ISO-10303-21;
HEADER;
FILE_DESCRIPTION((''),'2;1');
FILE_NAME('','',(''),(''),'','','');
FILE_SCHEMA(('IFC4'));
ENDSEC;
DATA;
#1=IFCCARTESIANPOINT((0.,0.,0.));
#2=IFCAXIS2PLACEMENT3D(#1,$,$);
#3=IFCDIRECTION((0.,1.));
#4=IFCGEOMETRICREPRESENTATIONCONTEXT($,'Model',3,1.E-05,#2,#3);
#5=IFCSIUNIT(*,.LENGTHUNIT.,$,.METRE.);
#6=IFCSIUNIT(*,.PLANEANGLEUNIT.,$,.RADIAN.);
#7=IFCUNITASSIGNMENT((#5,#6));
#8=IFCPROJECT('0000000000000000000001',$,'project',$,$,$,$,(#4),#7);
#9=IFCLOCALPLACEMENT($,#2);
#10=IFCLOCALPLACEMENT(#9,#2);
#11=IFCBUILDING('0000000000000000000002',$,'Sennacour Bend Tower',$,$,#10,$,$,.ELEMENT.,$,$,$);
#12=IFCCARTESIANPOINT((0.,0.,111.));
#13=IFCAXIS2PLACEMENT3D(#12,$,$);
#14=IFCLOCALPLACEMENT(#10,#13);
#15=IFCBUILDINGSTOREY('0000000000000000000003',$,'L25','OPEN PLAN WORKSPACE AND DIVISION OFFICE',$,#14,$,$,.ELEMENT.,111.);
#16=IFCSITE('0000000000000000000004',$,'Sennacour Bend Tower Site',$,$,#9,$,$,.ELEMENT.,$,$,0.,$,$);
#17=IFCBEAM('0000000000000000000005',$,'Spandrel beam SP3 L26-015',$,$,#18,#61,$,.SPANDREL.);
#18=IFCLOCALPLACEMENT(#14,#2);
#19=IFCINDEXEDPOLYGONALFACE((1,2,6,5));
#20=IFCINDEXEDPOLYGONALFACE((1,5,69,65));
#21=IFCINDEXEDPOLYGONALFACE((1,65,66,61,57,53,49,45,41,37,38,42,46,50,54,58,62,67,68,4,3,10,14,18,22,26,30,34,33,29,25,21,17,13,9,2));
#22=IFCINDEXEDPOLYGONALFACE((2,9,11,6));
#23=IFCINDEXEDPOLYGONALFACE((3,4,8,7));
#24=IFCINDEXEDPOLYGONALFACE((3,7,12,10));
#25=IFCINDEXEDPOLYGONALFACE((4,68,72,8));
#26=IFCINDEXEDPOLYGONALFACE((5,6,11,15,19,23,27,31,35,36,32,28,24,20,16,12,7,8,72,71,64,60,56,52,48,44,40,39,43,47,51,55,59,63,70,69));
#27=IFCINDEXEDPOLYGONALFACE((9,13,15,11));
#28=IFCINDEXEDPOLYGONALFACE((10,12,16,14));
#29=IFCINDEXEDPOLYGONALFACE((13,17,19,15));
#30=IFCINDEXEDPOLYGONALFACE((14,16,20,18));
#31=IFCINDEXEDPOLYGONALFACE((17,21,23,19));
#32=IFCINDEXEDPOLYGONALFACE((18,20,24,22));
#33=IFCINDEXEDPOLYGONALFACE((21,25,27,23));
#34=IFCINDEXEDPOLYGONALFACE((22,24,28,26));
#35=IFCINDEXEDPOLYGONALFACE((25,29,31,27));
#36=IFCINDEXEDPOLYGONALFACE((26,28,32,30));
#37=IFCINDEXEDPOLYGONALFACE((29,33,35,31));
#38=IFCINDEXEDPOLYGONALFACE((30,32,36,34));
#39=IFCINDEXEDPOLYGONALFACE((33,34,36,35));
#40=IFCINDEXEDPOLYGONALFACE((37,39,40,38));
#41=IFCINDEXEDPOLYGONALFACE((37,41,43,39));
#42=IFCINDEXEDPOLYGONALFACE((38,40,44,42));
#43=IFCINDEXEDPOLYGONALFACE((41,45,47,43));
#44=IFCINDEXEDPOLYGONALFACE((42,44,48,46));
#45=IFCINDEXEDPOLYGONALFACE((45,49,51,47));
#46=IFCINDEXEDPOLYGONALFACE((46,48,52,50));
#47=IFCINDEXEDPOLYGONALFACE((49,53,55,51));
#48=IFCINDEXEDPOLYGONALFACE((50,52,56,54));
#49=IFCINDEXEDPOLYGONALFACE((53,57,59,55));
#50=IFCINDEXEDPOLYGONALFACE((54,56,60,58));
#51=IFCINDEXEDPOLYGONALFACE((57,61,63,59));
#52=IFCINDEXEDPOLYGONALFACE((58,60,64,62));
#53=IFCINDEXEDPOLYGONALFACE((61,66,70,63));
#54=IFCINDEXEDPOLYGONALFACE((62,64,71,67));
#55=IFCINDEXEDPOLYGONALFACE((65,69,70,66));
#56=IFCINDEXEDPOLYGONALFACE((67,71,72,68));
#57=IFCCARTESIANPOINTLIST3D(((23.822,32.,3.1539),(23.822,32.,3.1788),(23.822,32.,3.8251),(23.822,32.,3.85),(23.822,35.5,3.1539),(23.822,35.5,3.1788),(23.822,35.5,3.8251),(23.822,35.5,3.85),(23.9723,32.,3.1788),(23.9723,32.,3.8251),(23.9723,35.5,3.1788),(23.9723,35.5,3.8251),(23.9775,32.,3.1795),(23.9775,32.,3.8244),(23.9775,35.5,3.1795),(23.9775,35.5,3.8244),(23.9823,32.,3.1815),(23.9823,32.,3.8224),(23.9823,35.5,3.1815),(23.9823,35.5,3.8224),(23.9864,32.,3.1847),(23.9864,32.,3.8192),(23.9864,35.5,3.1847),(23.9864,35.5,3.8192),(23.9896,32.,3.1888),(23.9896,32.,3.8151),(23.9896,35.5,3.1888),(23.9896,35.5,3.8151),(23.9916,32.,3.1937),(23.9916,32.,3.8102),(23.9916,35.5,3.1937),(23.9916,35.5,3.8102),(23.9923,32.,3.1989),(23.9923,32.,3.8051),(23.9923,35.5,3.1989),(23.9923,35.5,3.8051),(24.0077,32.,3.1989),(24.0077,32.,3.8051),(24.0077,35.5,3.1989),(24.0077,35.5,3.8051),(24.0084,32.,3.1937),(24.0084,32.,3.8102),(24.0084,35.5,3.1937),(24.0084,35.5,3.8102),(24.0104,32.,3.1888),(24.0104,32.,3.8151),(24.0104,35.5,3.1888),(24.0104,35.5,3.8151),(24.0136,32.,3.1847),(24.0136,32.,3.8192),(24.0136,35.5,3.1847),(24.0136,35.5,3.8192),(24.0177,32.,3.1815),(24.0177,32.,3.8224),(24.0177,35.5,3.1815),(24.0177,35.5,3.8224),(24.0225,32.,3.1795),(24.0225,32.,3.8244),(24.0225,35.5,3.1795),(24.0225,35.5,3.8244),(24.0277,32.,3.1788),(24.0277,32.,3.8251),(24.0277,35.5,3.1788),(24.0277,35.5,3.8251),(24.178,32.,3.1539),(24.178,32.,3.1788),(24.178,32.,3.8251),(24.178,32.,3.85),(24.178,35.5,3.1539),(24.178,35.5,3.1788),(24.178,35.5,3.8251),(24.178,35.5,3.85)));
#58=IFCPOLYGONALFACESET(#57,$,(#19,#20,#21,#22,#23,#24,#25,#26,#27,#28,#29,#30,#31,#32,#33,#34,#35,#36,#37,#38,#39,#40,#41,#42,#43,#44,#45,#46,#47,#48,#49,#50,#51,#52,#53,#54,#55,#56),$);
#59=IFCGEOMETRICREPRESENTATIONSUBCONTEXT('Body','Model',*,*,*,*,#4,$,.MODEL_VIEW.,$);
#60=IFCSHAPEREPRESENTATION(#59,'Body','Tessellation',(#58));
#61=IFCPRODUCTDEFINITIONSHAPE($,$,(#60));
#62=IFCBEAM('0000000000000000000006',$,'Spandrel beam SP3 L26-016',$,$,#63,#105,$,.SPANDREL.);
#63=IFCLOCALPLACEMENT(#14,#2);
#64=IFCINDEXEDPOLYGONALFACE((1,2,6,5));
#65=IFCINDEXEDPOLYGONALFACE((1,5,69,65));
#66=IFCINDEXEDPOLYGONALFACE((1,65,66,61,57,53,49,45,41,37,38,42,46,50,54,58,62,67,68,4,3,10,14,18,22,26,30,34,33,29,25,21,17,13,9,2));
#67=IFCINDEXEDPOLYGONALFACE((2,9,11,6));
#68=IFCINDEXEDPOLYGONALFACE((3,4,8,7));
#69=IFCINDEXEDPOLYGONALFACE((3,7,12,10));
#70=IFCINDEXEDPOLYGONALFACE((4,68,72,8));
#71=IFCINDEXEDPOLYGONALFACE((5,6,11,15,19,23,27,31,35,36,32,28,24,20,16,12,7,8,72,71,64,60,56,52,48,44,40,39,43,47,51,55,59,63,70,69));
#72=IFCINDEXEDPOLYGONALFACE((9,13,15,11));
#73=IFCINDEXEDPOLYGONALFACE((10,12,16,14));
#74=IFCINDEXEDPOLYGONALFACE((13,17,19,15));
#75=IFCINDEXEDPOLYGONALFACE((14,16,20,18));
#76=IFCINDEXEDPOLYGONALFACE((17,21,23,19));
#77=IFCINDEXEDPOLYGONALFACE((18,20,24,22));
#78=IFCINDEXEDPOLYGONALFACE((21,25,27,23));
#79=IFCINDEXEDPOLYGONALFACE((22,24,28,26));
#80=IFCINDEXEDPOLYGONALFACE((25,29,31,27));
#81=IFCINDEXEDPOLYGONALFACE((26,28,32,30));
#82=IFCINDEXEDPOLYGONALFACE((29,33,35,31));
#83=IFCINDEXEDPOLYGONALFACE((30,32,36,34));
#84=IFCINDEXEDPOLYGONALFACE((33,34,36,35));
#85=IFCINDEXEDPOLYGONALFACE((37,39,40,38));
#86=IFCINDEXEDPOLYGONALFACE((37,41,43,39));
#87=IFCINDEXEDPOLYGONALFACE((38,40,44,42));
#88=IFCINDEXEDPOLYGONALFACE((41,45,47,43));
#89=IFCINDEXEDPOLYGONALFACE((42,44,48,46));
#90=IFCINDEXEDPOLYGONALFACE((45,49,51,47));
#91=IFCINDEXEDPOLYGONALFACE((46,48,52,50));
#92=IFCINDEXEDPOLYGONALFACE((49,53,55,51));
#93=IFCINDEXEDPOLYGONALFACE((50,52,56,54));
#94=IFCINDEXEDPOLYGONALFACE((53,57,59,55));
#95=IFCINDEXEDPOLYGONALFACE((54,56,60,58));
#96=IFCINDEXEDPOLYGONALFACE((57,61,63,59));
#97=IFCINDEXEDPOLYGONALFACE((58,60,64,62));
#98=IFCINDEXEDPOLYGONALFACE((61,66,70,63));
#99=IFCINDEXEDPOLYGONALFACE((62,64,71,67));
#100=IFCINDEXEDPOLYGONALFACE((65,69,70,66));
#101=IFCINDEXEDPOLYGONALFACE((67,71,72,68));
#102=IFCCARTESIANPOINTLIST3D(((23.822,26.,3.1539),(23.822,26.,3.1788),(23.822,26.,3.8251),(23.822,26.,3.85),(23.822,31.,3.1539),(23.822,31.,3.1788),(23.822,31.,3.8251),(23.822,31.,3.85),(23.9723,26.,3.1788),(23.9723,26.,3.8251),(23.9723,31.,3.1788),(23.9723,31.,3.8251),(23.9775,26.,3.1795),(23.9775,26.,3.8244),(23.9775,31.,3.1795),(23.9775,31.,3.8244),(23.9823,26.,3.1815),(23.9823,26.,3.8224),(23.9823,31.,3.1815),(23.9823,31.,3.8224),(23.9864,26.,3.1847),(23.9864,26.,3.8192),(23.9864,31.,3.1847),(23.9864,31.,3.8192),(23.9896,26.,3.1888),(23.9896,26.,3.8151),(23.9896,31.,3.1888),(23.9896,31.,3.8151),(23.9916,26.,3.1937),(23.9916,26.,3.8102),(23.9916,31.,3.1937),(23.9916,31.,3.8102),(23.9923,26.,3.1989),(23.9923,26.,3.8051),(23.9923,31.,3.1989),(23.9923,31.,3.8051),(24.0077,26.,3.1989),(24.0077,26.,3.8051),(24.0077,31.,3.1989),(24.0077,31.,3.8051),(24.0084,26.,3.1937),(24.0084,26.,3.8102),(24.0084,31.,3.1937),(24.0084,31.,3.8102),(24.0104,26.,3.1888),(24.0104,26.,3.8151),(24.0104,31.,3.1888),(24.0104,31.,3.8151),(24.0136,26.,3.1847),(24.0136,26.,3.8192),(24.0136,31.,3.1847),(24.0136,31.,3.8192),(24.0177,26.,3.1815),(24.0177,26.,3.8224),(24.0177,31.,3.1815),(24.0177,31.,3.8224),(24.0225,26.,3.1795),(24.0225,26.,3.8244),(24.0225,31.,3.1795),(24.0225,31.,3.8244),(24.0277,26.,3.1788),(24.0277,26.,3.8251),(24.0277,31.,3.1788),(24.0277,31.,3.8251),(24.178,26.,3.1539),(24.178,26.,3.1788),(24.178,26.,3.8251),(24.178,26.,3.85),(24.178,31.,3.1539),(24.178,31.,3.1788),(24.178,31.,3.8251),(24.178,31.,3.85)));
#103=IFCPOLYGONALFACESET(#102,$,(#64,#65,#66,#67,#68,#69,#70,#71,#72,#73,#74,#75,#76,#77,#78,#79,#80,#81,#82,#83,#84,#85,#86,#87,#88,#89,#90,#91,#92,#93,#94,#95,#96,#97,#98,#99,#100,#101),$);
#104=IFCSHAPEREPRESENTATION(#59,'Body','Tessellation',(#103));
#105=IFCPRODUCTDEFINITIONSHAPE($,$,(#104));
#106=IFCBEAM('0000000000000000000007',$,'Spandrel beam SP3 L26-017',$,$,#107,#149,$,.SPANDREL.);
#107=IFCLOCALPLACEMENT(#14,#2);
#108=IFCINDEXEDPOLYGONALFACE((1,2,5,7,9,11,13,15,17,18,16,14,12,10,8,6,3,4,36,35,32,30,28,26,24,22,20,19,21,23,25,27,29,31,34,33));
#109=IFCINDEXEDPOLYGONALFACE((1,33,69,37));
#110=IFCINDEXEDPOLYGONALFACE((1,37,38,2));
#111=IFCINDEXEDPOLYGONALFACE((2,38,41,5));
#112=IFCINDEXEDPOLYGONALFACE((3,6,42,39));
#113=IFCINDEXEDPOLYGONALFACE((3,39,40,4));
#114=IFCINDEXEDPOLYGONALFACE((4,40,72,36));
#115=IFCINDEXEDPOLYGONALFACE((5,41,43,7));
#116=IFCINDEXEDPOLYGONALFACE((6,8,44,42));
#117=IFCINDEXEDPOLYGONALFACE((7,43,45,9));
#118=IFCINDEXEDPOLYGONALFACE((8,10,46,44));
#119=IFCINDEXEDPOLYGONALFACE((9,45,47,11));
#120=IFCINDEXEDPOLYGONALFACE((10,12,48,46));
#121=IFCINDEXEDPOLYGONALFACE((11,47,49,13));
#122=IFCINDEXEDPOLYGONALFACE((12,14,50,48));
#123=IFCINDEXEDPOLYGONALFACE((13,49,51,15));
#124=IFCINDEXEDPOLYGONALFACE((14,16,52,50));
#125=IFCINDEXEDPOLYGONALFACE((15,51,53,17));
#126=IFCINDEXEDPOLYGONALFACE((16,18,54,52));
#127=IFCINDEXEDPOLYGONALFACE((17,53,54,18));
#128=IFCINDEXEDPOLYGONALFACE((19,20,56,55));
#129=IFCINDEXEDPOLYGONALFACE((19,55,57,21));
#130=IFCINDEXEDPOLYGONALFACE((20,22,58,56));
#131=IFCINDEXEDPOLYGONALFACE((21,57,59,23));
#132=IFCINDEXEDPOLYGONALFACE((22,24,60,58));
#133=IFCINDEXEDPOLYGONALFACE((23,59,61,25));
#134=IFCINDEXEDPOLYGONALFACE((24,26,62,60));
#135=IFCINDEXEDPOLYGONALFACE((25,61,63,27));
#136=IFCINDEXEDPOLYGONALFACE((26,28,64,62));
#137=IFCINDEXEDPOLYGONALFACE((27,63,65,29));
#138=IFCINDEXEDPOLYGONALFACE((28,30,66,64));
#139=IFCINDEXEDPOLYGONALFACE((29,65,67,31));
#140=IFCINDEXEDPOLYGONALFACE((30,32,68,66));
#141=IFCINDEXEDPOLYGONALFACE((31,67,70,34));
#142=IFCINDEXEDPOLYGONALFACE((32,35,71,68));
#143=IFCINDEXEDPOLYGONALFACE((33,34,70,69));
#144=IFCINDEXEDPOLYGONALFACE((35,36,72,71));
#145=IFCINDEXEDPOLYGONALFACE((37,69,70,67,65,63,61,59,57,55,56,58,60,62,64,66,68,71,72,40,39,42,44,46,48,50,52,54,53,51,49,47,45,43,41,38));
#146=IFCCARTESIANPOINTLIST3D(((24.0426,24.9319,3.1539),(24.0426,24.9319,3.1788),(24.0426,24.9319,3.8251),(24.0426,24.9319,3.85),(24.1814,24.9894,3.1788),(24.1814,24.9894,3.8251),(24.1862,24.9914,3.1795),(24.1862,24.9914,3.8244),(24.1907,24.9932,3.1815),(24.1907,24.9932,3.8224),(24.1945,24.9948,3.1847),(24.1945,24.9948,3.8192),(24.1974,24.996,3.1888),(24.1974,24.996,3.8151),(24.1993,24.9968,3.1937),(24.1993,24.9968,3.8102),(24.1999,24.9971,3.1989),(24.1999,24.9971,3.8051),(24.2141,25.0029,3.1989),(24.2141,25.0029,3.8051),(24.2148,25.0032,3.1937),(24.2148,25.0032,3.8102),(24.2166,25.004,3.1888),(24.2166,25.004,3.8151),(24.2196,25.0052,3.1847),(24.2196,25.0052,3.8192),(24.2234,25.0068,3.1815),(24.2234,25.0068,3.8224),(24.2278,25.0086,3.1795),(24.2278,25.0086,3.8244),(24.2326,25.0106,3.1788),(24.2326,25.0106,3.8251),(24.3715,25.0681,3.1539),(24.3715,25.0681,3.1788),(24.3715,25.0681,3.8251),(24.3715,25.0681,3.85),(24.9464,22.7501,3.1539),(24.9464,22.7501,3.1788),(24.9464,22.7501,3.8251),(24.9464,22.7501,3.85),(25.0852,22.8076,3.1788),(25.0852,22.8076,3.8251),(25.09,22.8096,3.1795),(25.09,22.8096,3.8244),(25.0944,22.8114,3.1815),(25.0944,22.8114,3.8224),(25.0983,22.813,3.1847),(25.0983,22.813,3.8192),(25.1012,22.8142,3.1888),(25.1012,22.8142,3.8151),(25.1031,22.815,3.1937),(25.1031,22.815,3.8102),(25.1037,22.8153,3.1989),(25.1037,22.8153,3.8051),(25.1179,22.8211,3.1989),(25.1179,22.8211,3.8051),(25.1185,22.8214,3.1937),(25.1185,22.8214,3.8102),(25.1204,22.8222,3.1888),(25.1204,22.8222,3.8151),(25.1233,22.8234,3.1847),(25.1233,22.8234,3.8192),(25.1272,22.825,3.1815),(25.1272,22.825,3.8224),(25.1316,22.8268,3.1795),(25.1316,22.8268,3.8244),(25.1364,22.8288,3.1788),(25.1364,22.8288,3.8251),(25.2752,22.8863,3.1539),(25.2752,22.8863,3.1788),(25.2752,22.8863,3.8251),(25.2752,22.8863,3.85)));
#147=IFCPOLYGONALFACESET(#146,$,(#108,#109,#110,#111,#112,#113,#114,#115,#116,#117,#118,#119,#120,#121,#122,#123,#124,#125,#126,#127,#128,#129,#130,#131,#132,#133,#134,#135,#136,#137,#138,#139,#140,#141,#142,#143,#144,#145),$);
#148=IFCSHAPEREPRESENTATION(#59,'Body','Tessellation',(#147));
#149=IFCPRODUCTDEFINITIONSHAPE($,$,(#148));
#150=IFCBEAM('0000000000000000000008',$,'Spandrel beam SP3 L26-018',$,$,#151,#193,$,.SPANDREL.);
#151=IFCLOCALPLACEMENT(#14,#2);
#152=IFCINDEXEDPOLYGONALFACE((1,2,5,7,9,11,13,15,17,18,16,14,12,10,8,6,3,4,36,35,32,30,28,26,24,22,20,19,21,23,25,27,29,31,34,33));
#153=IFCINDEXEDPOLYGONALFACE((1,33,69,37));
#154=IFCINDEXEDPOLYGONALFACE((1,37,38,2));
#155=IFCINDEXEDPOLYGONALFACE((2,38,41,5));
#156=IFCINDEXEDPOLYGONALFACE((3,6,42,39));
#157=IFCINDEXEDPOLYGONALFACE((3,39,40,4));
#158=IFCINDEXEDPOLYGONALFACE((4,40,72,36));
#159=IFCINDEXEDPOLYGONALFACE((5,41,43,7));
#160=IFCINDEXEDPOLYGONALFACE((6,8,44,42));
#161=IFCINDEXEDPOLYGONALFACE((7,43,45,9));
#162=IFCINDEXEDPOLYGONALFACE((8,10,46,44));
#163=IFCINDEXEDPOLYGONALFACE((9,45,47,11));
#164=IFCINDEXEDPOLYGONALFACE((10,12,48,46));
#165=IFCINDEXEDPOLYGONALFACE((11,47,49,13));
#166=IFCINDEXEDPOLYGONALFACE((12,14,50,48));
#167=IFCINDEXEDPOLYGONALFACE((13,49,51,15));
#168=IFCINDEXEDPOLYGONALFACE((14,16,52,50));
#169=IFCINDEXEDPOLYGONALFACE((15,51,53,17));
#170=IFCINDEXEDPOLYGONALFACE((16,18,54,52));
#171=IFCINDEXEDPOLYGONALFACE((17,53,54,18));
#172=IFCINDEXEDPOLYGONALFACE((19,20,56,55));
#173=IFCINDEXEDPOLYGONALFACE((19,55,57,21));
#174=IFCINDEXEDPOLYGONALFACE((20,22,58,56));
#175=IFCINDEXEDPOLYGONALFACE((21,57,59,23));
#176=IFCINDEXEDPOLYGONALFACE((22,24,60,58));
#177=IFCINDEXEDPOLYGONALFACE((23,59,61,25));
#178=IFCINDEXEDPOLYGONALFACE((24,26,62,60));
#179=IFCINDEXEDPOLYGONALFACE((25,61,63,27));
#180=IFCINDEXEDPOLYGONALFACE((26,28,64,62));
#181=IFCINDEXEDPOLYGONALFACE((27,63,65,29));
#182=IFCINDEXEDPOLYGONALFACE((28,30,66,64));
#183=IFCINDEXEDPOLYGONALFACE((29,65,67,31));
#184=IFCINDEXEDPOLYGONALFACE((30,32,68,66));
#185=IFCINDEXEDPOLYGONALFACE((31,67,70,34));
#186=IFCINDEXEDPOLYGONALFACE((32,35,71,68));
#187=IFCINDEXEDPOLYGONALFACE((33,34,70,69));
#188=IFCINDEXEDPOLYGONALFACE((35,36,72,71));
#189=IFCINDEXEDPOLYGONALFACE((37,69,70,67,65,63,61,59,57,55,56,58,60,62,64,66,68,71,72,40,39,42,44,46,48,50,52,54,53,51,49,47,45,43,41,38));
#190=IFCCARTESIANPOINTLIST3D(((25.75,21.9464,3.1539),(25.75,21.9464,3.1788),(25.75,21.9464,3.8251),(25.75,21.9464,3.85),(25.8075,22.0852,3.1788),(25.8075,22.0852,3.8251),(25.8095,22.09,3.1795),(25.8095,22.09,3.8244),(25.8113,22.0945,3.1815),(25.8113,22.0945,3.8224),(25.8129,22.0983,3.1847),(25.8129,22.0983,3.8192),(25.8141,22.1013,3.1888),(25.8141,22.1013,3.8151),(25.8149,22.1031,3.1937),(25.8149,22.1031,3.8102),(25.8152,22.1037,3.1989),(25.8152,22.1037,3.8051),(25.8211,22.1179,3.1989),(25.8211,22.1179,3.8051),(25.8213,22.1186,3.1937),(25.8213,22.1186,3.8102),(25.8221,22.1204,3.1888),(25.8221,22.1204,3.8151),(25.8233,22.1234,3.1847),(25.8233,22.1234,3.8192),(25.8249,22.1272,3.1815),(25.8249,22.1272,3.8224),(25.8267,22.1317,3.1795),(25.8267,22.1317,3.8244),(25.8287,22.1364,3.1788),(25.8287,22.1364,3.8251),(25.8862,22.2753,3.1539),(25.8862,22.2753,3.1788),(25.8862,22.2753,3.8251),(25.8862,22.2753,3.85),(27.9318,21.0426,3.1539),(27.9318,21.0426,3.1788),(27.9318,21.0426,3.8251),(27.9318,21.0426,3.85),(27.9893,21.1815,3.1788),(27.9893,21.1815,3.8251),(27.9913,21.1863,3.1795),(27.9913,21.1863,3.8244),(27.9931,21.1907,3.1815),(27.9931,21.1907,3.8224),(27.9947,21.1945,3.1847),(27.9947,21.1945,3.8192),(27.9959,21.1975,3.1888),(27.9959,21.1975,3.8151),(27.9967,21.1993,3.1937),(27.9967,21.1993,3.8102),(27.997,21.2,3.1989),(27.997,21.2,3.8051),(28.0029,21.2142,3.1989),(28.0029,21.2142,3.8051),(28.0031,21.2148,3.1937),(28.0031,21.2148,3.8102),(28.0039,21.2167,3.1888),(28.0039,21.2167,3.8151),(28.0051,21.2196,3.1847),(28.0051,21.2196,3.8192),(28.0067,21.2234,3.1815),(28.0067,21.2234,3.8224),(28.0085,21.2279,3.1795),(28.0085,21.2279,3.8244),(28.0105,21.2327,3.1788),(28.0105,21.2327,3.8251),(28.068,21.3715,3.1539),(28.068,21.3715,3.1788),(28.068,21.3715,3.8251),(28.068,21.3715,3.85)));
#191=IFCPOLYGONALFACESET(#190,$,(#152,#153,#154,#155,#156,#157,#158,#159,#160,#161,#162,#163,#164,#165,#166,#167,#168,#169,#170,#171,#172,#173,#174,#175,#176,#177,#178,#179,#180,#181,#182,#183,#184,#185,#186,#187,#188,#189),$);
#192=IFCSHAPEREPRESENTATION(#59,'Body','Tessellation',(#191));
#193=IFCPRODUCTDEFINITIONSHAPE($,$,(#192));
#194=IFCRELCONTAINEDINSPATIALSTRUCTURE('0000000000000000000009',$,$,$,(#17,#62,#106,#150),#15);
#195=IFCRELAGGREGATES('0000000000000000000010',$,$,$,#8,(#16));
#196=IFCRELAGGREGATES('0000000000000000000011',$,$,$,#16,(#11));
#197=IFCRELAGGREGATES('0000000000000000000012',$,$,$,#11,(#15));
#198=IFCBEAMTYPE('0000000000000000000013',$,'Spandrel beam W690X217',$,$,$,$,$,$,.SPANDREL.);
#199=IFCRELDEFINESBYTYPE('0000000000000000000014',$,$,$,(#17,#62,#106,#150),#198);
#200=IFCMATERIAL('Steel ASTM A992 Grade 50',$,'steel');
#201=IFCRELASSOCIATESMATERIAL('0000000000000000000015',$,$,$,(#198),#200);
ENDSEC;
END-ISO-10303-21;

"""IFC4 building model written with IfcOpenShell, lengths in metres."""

from ifc_helpers import new_model, si_unit, direction, frame, origin, origin_2d, place, context, subcontext, project, spatial, i_section, extrude, material, material_profile, profile_set, type_object, element, save


model = new_model("IFC4")

# Units and contexts
model_context = context("Model", 3, precision=1e-05, world=origin(), true_north=direction((0.0, 1.0)))
body_context = subcontext(model_context, "Body", "Model", "MODEL_VIEW")
ifc_project = project(units=[si_unit("LENGTHUNIT", "METRE"), si_unit("PLANEANGLEUNIT", "RADIAN")], contexts=[model_context])

# Site, building, storey
site_placement = place(None, origin())
site = spatial("IfcSite", under=ifc_project, at=site_placement, Name="Sennacour Bend Tower Site", CompositionType="ELEMENT", RefElevation=0.0)
building_placement = place(site_placement, origin())
building = spatial("IfcBuilding", under=site, at=building_placement, Name="Sennacour Bend Tower", CompositionType="ELEMENT")
storey_placement = place(building_placement, frame((0.0, 0.0, 111.0)))
storey = spatial("IfcBuildingStorey", under=building, at=storey_placement, Name="L25", Description="OPEN PLAN WORKSPACE AND DIVISION OFFICE", CompositionType="ELEMENT", Elevation=111.0)

# Beams
ifc_material_1 = material(Name="Steel ASTM A992 Grade 50", Category="steel")
ifc_material_profile_1 = material_profile(ifc_material_1, i_section(OverallWidth=0.356, OverallDepth=0.696, WebThickness=0.0154, FlangeThickness=0.0249, FilletRadius=0.02, at=origin_2d()), Name="Steel ASTM A992 Grade 50", Category="steel")
ifc_profile_set_1 = profile_set([ifc_material_profile_1], Name="Steel ASTM A992 Grade 50")
beam_type_1 = type_object("IfcBeamType", Name="Spandrel beam W690X217", PredefinedType="SPANDREL", material=ifc_profile_set_1)
beam_1_placement = place(storey_placement, frame((24.0, 35.5, 3.502), z_axis=(0.0, -1.0, 0.0), x_axis=(1.0, 0.0, 0.0)))
element("IfcBeam", 1, at=beam_1_placement, inside=storey, type_object=beam_type_1, Name="Spandrel beam SP3 L26-015", PredefinedType="SPANDREL", context=body_context, shape_type="SweptSolid", body=[
    extrude(i_section(OverallWidth=0.356, OverallDepth=0.696, WebThickness=0.0154, FlangeThickness=0.0249, FilletRadius=0.02, at=origin_2d()), origin(), (0.0, 0.0, 1.0), 3.5),
])
beam_2_placement = place(storey_placement, frame((24.0, 31.0, 3.502), z_axis=(0.0, -1.0, 0.0), x_axis=(1.0, 0.0, 0.0)))
element("IfcBeam", 2, at=beam_2_placement, inside=storey, type_object=beam_type_1, Name="Spandrel beam SP3 L26-016", PredefinedType="SPANDREL", context=body_context, shape_type="SweptSolid", body=[
    extrude(i_section(OverallWidth=0.356, OverallDepth=0.696, WebThickness=0.0154, FlangeThickness=0.0249, FilletRadius=0.02, at=origin_2d()), origin(), (0.0, 0.0, 1.0), 5.0),
])
for number, where, z_axis, x_axis, name in (
    (3, (24.207, 25.0, 3.502), (0.382699, -0.923873, 0.0), (0.923873, 0.382699, 0.0), "Spandrel beam SP3 L26-017"),
    (4, (25.8181, 22.1108, 3.502), (0.923873, -0.382699, 0.0), (0.382699, 0.923873, 0.0), "Spandrel beam SP3 L26-018"),
):
    element("IfcBeam", number, at=place(storey_placement, frame(where, z_axis=z_axis, x_axis=x_axis)), inside=storey, type_object=beam_type_1, Name=name, PredefinedType="SPANDREL", context=body_context, shape_type="SweptSolid", body=[
        extrude(i_section(OverallWidth=0.356, OverallDepth=0.696, WebThickness=0.0154, FlangeThickness=0.0249, FilletRadius=0.02, at=origin_2d()), origin(), (0.0, 0.0, 1.0), 2.3616),
    ])

save(model, "model.ifc")
